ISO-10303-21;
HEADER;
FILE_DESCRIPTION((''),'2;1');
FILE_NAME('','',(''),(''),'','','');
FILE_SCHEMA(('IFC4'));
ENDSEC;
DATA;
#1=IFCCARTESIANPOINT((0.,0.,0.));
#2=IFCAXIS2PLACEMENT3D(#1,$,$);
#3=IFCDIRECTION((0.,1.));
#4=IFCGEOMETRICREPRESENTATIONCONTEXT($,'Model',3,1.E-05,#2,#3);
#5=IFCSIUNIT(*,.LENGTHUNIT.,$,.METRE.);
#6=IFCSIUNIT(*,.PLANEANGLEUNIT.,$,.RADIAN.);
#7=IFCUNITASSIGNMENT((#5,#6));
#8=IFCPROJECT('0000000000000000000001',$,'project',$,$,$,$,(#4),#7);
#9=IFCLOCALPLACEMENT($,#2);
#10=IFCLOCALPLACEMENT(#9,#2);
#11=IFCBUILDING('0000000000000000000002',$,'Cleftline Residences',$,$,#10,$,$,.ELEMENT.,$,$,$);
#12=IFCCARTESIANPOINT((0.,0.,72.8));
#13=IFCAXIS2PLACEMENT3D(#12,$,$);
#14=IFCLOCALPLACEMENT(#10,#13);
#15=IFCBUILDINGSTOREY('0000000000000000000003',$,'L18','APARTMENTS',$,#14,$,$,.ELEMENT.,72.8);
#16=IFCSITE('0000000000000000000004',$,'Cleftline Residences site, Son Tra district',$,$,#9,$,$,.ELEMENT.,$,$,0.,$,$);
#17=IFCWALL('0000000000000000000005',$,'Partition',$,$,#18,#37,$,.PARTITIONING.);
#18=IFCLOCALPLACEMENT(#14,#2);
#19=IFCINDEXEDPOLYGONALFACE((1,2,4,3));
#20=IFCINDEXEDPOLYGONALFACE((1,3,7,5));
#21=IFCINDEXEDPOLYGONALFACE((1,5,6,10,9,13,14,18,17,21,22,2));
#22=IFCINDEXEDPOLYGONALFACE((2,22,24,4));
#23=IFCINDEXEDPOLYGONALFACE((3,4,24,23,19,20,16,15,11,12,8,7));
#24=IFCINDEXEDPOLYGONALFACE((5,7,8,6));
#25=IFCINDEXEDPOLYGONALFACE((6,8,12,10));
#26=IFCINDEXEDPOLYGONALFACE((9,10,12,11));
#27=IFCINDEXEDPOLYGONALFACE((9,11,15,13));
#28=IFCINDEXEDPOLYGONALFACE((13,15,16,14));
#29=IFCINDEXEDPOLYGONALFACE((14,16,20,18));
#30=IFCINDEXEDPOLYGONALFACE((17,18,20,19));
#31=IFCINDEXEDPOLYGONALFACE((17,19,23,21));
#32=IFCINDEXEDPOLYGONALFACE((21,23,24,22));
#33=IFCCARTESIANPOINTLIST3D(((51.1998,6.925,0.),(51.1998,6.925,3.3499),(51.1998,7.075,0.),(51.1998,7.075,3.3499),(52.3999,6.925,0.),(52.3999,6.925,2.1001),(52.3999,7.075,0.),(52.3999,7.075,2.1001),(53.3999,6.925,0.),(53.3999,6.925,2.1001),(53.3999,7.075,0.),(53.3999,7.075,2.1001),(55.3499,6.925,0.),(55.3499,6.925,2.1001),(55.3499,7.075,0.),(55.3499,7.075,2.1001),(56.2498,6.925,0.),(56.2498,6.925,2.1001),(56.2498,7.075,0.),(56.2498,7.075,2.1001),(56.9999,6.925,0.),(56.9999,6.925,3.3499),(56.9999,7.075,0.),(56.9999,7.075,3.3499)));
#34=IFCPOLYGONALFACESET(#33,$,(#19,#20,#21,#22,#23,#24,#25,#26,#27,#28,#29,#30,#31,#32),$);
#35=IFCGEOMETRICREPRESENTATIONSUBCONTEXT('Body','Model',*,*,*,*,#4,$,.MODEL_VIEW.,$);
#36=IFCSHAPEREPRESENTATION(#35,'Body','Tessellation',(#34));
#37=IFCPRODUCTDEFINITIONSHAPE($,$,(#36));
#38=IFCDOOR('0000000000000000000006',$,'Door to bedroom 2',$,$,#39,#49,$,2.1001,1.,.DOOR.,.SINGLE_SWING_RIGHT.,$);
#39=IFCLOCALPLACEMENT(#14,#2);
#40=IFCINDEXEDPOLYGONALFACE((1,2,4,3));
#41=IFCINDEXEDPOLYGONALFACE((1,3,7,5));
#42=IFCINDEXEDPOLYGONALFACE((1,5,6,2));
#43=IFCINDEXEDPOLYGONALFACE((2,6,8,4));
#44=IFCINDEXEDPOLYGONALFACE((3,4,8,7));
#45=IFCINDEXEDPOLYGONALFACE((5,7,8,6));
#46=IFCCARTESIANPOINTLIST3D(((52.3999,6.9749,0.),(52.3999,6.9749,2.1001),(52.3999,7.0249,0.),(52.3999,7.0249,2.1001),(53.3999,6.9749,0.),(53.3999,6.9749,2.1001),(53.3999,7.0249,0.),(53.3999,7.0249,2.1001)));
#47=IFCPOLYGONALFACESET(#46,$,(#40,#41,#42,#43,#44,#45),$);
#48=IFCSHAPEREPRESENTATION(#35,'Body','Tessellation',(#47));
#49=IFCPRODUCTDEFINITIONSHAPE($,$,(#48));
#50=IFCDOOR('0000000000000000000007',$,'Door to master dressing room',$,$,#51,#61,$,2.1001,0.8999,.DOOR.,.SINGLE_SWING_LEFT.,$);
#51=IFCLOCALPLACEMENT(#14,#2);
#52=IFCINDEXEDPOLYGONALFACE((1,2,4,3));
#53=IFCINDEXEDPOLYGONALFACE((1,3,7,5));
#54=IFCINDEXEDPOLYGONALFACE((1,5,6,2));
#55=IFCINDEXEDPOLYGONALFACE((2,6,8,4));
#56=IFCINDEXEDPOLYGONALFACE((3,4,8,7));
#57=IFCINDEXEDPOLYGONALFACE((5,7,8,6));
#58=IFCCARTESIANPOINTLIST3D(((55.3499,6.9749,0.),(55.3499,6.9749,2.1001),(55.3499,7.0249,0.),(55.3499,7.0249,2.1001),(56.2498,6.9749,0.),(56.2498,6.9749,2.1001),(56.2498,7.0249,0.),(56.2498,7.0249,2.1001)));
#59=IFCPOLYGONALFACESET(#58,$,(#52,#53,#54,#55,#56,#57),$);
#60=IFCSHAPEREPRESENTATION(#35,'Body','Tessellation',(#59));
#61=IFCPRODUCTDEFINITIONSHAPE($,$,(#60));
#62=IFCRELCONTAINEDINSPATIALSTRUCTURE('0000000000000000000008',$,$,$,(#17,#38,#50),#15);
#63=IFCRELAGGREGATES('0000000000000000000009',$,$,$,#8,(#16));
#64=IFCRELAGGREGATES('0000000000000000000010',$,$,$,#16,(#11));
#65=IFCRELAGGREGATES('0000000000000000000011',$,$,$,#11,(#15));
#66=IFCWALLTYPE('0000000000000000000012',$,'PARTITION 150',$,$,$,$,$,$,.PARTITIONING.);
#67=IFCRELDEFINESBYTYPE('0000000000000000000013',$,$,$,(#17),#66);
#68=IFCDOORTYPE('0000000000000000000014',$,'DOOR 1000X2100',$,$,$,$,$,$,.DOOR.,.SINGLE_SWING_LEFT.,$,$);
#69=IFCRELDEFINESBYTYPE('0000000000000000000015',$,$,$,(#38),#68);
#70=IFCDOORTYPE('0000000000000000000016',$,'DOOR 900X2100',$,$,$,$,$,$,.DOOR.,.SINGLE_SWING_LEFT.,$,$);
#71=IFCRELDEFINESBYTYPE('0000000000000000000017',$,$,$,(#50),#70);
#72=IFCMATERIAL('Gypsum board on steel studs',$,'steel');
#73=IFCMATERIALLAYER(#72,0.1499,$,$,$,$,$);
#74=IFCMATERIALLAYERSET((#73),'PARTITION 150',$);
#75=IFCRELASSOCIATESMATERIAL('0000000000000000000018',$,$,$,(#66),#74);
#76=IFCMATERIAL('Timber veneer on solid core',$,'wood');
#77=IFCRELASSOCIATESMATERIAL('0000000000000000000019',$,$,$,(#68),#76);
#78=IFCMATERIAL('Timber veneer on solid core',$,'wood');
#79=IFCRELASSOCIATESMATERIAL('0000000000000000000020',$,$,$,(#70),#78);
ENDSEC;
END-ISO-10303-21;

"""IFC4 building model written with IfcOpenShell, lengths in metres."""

from ifc_helpers import new_model, si_unit, direction, frame, frame_2d, origin, place, context, subcontext, project, spatial, rectangle, extrude, material, layer, layer_set, type_object, element, fill, save


model = new_model("IFC4")

# Units and contexts
model_context = context("Model", 3, precision=1e-05, world=origin(), true_north=direction((0.0, 1.0)))
body_context = subcontext(model_context, "Body", "Model", "MODEL_VIEW")
ifc_project = project(units=[si_unit("LENGTHUNIT", "METRE"), si_unit("PLANEANGLEUNIT", "RADIAN")], contexts=[model_context])

# Site, building, storey
site_placement = place(None, origin())
site = spatial("IfcSite", under=ifc_project, at=site_placement, Name="Cleftline Residences site, Son Tra district", CompositionType="ELEMENT", RefElevation=0.0)
building_placement = place(site_placement, origin())
building = spatial("IfcBuilding", under=site, at=building_placement, Name="Cleftline Residences", CompositionType="ELEMENT")
storey_placement = place(building_placement, frame((0.0, 0.0, 72.8)))
storey = spatial("IfcBuildingStorey", under=building, at=storey_placement, Name="L18", Description="APARTMENTS", CompositionType="ELEMENT", Elevation=72.8)

# Shared definitions
ifc_material_1 = material(Name="Gypsum board on steel studs", Category="steel")
ifc_layer_1 = layer(ifc_material_1, 0.1499)
ifc_layer_set_1 = layer_set([ifc_layer_1], Name="PARTITION 150")
wall_type = type_object("IfcWallType", Name="PARTITION 150", PredefinedType="PARTITIONING", material=ifc_layer_set_1)
ifc_material_2 = material(Name="Timber veneer on solid core", Category="wood")
door_type_1 = type_object("IfcDoorType", Name="DOOR 1000X2100", OperationType="SINGLE_SWING_LEFT", PredefinedType="DOOR", material=ifc_material_2)

# Wall, openings, doors
wall_1_placement = place(storey_placement, frame((51.2, 7.0, 0.0), z_axis=(0.0, 0.0, 1.0), x_axis=(1.0, 0.0, 0.0)))
wall_1 = element("IfcWall", 1, at=wall_1_placement, inside=storey, type_object=wall_type, Name="Partition", PredefinedType="PARTITIONING", context=body_context, shape_type="SweptSolid", body=[
    extrude(rectangle(XDim=5.8, YDim=0.1499, at=frame_2d((2.8999, 0.0))), origin(), (0.0, 0.0, 1.0), 3.3499),
])
opening_1_placement = place(wall_1_placement, frame((4.1499, 0.0, 0.0)))
opening_1 = element("IfcOpeningElement", 2, at=opening_1_placement, cuts=wall_1, PredefinedType="OPENING", context=body_context, shape_type="SweptSolid", body=[
    extrude(rectangle(XDim=0.8999, YDim=2.1001, at=frame_2d((0.45, 1.05))), frame((0.0, 0.085, 0.0), z_axis=(0.0, -1.0, 0.0), x_axis=(1.0, 0.0, 0.0)), (0.0, 0.0, 1.0), 0.1699),
])
opening_2_placement = place(wall_1_placement, frame((1.2, 0.0, 0.0)))
opening_2 = element("IfcOpeningElement", 3, at=opening_2_placement, cuts=wall_1, PredefinedType="OPENING", context=body_context, shape_type="SweptSolid", body=[
    extrude(rectangle(XDim=1.0, YDim=2.1001, at=frame_2d((0.5, 1.05))), frame((0.0, 0.085, 0.0), z_axis=(0.0, -1.0, 0.0), x_axis=(1.0, 0.0, 0.0)), (0.0, 0.0, 1.0), 0.1699),
])
door_1_placement = place(opening_2_placement, origin())
door_1 = element("IfcDoor", 4, at=door_1_placement, inside=storey, type_object=door_type_1, Name="Door to bedroom 2", OperationType="SINGLE_SWING_RIGHT", OverallHeight=2.1001, OverallWidth=1.0, PredefinedType="DOOR", context=body_context, shape_type="SweptSolid", body=[
    extrude(rectangle(XDim=1.0, YDim=2.1001, at=frame_2d((0.5, 1.05))), frame((0.0, 0.0249, 0.0), z_axis=(0.0, -1.0, 0.0), x_axis=(1.0, 0.0, 0.0)), (0.0, 0.0, 1.0), 0.05),
])
fill(opening_2, door_1)
ifc_material_3 = material(Name="Timber veneer on solid core", Category="wood")
door_type_2 = type_object("IfcDoorType", Name="DOOR 900X2100", OperationType="SINGLE_SWING_LEFT", PredefinedType="DOOR", material=ifc_material_3)
door_2_placement = place(opening_1_placement, origin())
door_2 = element("IfcDoor", 5, at=door_2_placement, inside=storey, type_object=door_type_2, Name="Door to master dressing room", OperationType="SINGLE_SWING_LEFT", OverallHeight=2.1001, OverallWidth=0.8999, PredefinedType="DOOR", context=body_context, shape_type="SweptSolid", body=[
    extrude(rectangle(XDim=0.8999, YDim=2.1001, at=frame_2d((0.45, 1.05))), frame((0.0, 0.0249, 0.0), z_axis=(0.0, -1.0, 0.0), x_axis=(1.0, 0.0, 0.0)), (0.0, 0.0, 1.0), 0.05),
])
fill(opening_1, door_2)

save(model, "model.ifc")
